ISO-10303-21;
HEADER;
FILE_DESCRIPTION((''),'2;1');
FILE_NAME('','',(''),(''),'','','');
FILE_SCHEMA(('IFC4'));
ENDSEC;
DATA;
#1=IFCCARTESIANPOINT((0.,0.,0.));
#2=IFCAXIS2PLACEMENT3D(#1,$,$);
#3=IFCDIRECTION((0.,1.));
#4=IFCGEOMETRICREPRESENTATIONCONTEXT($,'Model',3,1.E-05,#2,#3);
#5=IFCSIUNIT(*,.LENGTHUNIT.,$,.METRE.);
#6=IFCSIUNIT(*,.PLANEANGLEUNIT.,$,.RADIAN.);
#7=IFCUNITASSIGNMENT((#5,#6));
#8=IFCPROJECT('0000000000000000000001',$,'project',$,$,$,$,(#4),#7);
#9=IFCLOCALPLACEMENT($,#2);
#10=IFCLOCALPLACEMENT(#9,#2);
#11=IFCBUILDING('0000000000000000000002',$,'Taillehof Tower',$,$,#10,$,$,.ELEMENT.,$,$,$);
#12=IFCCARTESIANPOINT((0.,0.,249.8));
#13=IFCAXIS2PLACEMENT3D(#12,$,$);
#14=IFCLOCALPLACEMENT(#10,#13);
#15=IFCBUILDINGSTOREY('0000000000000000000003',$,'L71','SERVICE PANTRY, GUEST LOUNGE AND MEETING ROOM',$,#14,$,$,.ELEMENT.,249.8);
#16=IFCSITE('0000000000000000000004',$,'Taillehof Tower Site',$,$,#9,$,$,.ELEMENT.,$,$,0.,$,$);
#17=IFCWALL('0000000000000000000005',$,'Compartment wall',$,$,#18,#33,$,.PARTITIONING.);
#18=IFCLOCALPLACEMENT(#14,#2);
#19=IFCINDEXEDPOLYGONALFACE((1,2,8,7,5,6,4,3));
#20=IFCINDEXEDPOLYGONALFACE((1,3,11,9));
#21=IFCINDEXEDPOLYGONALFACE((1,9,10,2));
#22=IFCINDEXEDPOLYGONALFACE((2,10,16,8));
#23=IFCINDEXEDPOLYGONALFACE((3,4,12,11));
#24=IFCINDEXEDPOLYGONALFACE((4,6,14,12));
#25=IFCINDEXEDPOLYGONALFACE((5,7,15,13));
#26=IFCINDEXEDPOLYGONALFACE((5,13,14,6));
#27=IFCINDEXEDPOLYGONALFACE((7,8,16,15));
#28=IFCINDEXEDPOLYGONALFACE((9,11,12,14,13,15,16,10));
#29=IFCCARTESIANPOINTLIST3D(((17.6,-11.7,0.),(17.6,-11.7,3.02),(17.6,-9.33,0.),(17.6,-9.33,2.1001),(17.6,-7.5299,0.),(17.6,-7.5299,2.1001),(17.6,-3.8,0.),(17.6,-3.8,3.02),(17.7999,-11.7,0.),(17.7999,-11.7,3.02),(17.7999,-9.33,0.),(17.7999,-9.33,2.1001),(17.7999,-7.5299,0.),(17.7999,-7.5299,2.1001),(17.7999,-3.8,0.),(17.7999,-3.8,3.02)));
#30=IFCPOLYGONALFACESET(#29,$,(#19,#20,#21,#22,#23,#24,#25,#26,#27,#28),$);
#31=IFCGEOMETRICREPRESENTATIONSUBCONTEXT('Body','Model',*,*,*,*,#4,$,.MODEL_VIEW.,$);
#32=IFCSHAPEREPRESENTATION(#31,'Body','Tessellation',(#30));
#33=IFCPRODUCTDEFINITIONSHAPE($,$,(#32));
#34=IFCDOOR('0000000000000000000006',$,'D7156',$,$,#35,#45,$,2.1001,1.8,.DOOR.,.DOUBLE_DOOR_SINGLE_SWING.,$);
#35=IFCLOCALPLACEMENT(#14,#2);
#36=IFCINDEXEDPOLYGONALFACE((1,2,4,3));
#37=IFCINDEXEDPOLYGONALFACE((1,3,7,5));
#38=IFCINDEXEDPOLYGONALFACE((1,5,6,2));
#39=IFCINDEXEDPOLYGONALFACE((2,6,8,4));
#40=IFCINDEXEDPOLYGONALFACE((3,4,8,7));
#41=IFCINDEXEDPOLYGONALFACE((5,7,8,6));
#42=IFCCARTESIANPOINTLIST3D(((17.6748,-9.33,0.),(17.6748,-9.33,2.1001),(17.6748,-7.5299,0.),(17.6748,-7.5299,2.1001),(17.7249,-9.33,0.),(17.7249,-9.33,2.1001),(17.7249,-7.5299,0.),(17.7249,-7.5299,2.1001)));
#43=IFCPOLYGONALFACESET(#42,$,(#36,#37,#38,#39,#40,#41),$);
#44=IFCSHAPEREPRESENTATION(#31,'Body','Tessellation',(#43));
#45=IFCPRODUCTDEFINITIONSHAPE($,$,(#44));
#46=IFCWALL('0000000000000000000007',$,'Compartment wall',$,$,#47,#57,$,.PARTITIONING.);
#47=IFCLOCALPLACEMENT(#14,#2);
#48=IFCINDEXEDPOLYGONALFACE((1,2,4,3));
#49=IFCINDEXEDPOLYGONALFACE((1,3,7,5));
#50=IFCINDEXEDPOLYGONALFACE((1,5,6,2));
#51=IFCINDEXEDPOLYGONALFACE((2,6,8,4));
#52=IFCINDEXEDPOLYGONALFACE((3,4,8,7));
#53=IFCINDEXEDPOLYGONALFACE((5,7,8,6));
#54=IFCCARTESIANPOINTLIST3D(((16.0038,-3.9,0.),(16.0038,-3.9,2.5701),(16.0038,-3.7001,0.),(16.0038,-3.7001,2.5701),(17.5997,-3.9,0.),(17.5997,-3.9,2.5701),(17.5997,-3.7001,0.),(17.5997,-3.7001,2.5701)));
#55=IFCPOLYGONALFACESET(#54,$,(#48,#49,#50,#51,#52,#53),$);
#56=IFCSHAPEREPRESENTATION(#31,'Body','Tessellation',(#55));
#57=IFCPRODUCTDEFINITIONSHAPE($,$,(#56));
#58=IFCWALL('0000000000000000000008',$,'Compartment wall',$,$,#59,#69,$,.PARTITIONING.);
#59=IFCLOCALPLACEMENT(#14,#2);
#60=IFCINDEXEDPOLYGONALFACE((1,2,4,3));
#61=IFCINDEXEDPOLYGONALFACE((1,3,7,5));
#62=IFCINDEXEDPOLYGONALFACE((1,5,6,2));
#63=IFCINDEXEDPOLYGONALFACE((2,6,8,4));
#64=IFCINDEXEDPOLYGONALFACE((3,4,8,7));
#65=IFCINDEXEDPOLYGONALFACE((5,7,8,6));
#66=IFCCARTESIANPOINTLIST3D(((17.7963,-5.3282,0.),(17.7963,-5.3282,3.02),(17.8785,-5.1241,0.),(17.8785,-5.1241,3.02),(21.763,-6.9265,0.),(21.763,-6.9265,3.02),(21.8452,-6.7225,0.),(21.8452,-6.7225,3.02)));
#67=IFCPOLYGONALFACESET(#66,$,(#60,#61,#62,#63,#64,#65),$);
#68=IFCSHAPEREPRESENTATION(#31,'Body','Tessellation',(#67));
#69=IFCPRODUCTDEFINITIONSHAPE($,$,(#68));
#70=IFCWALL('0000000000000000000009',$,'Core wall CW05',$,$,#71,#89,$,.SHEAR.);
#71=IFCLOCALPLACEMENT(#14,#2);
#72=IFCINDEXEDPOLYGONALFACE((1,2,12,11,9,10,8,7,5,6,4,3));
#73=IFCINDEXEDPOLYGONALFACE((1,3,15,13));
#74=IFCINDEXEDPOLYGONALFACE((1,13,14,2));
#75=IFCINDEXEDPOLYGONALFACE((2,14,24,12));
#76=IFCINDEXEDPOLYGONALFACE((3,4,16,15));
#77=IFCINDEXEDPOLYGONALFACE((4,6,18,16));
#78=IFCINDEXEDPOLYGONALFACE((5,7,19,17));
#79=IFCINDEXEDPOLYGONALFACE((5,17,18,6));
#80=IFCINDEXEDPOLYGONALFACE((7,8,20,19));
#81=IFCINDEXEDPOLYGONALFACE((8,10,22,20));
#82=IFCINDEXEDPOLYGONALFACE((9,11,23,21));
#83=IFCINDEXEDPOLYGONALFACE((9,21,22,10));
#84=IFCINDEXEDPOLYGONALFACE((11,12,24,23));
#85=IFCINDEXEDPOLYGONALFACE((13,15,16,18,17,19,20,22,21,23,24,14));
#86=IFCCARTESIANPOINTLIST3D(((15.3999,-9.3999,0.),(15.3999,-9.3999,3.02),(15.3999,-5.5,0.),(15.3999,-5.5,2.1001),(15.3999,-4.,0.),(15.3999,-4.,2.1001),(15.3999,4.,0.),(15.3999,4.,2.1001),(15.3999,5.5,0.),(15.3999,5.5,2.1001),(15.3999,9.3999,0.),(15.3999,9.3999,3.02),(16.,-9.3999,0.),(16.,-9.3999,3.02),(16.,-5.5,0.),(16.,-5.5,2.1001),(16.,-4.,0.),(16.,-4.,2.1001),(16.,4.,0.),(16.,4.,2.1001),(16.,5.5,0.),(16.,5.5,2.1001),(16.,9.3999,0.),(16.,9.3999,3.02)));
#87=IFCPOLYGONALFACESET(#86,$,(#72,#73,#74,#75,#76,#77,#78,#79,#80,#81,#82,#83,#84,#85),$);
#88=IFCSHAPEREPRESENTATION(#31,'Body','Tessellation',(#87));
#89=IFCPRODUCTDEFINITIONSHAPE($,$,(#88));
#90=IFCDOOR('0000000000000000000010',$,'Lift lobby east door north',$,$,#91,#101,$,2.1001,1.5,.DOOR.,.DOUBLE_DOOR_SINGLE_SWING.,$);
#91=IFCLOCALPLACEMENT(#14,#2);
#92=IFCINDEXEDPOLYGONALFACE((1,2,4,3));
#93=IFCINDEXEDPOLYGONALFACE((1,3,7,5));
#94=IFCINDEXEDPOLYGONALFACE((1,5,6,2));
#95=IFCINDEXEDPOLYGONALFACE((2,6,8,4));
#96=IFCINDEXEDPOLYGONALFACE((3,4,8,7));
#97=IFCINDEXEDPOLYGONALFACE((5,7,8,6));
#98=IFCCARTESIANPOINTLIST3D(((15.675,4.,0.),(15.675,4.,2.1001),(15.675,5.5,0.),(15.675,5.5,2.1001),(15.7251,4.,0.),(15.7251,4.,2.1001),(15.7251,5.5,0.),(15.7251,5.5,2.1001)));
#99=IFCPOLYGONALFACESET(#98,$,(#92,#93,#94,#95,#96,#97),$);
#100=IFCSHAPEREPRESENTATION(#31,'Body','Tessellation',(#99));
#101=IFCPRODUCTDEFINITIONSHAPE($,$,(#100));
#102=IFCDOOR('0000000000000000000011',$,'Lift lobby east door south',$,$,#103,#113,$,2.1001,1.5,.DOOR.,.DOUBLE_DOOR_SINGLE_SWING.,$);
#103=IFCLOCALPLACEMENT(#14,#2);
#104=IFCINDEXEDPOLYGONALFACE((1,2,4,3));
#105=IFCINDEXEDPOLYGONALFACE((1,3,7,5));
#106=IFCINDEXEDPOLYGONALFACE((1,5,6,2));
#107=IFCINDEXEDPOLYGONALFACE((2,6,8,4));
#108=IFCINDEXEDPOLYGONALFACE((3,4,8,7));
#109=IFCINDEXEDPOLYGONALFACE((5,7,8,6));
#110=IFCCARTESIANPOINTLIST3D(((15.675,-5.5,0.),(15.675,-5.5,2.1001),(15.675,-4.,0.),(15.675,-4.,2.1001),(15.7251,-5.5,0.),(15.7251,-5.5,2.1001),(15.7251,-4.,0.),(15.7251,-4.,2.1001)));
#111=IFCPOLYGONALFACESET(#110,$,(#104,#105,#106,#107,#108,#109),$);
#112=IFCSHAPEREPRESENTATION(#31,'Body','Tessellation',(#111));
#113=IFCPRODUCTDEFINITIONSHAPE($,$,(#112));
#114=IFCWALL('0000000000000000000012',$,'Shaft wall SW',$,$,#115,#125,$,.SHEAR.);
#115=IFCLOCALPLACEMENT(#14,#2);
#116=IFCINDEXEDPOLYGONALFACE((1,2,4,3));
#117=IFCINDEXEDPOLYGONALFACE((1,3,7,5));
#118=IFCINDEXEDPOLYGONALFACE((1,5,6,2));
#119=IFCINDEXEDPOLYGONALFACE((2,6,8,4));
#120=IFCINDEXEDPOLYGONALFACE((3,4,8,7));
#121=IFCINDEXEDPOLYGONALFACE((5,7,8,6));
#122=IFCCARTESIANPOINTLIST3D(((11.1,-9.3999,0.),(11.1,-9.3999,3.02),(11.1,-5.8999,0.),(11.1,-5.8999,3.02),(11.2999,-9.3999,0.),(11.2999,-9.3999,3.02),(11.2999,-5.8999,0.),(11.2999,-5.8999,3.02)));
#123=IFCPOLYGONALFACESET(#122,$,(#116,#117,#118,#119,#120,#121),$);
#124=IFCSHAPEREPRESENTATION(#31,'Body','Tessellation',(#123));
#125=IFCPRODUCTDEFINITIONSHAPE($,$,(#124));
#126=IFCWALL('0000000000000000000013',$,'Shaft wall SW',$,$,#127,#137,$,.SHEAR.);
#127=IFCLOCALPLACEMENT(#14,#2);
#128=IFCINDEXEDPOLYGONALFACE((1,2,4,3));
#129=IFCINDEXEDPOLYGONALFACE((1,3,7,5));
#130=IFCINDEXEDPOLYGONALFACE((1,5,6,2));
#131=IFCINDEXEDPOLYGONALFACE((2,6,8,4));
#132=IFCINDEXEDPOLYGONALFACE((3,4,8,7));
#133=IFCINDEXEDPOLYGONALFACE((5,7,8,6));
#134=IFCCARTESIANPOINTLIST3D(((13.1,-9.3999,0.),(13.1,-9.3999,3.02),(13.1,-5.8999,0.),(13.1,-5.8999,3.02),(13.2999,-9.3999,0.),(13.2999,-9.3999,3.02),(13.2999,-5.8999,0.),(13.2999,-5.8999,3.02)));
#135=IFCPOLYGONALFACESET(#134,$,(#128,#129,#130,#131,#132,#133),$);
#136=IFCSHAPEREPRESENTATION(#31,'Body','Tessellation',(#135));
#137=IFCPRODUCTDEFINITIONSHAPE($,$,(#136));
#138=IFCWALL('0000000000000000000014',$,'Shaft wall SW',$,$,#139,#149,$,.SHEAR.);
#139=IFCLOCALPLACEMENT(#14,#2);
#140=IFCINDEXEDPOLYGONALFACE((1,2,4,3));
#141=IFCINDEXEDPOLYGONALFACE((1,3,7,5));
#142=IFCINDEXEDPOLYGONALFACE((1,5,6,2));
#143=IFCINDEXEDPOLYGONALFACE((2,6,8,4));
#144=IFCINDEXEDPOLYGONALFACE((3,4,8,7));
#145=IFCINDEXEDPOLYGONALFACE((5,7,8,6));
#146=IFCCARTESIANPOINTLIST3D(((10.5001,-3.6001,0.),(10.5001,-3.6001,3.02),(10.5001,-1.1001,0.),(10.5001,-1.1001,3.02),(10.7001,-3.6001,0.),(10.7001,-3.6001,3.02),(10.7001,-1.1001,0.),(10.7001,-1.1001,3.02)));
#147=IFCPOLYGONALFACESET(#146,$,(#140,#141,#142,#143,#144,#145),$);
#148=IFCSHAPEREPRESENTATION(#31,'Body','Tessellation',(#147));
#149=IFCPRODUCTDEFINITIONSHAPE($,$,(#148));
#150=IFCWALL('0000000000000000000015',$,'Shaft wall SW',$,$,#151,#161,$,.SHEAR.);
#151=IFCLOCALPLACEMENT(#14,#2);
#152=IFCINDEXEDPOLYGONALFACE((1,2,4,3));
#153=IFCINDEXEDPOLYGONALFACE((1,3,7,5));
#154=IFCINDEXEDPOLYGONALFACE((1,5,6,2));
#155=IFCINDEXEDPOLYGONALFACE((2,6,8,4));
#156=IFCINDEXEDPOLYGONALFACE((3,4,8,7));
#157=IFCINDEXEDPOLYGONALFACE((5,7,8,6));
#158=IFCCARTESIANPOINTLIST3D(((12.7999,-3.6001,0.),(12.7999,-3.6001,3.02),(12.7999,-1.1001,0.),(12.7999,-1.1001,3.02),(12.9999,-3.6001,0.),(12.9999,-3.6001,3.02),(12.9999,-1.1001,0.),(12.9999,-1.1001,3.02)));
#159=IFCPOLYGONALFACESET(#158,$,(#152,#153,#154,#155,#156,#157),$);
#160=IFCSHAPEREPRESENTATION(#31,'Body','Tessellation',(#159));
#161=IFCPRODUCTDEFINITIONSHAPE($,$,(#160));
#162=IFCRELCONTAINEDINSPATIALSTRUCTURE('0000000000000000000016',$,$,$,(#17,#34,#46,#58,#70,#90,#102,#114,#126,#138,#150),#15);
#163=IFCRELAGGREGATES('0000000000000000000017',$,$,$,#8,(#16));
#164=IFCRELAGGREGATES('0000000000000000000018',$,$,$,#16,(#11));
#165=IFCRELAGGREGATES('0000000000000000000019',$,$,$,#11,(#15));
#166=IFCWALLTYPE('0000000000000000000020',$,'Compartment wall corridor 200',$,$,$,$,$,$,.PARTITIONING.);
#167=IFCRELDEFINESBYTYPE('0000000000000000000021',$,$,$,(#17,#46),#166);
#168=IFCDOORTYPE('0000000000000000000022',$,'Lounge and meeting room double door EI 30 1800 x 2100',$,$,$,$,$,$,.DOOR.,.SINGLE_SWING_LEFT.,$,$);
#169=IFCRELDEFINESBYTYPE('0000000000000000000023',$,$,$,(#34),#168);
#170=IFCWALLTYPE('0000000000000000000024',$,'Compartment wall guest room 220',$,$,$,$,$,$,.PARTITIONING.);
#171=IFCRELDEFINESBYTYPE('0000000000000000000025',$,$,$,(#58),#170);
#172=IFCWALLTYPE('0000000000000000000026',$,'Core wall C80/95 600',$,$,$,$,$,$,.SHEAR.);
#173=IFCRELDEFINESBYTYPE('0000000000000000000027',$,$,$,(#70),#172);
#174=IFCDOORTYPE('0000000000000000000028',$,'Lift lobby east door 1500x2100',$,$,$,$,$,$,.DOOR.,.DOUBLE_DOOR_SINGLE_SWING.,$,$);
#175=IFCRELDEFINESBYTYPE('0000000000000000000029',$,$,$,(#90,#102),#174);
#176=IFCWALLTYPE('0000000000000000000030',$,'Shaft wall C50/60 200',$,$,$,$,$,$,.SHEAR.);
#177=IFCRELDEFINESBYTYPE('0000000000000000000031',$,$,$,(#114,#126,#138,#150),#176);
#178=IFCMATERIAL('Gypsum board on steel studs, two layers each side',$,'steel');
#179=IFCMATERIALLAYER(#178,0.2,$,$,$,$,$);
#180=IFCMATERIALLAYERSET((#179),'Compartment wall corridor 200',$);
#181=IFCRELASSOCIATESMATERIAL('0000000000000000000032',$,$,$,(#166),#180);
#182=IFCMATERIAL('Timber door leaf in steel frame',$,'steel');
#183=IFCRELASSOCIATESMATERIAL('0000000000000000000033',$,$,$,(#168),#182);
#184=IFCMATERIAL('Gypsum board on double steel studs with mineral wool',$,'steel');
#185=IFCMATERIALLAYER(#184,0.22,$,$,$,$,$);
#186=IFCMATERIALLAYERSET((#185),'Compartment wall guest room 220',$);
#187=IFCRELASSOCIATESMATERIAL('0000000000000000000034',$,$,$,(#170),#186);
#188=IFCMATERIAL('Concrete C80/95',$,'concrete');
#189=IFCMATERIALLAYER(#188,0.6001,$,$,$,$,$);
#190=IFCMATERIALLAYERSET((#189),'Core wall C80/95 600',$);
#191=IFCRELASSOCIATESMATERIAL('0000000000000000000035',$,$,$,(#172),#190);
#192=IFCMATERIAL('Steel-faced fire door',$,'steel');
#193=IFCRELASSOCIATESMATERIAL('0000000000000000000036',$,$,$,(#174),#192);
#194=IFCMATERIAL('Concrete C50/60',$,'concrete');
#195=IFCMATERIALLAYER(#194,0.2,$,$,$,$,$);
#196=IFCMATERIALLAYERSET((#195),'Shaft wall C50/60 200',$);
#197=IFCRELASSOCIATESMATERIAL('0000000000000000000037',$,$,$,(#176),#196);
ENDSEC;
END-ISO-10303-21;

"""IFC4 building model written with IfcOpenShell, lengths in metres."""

from ifc_helpers import new_model, si_unit, direction, frame, frame_2d, origin, place, context, subcontext, project, spatial, rectangle, extrude, material, layer, layer_set, type_object, element, fill, save


model = new_model("IFC4")

# Units and contexts
model_context = context("Model", 3, precision=1e-05, world=origin(), true_north=direction((0.0, 1.0)))
body_context = subcontext(model_context, "Body", "Model", "MODEL_VIEW")
ifc_project = project(units=[si_unit("LENGTHUNIT", "METRE"), si_unit("PLANEANGLEUNIT", "RADIAN")], contexts=[model_context])

# Site, building, storey
site_placement = place(None, origin())
site = spatial("IfcSite", under=ifc_project, at=site_placement, Name="Taillehof Tower Site", CompositionType="ELEMENT", RefElevation=0.0)
building_placement = place(site_placement, origin())
building = spatial("IfcBuilding", under=site, at=building_placement, Name="Taillehof Tower", CompositionType="ELEMENT")
storey_placement = place(building_placement, frame((0.0, 0.0, 249.8)))
storey = spatial("IfcBuildingStorey", under=building, at=storey_placement, Name="L71", Description="SERVICE PANTRY, GUEST LOUNGE AND MEETING ROOM", CompositionType="ELEMENT", Elevation=249.8)

# Wall, opening, door
ifc_material_1 = material(Name="Gypsum board on steel studs, two layers each side", Category="steel")
ifc_layer_1 = layer(ifc_material_1, 0.2)
ifc_layer_set_1 = layer_set([ifc_layer_1], Name="Compartment wall corridor 200")
wall_type_1 = type_object("IfcWallType", Name="Compartment wall corridor 200", PredefinedType="PARTITIONING", material=ifc_layer_set_1)
wall_1_placement = place(storey_placement, frame((17.7, -3.8, 0.0), z_axis=(0.0, 0.0, 1.0), x_axis=(0.0, -1.0, 0.0)))
wall_1 = element("IfcWall", 1, at=wall_1_placement, inside=storey, type_object=wall_type_1, Name="Compartment wall", PredefinedType="PARTITIONING", context=body_context, shape_type="SweptSolid", body=[
    extrude(rectangle(XDim=7.8999, YDim=0.2, at=frame_2d((3.95, 0.0))), origin(), (0.0, 0.0, 1.0), 3.02),
])
opening_1_placement = place(wall_1_placement, frame((3.73, 0.0, 0.0)))
opening_1 = element("IfcOpeningElement", 2, at=opening_1_placement, cuts=wall_1, PredefinedType="OPENING", context=body_context, shape_type="SweptSolid", body=[
    extrude(rectangle(XDim=1.8, YDim=2.1001, at=frame_2d((0.8999, 1.05))), frame((0.0, 0.1099, 0.0), z_axis=(0.0, -1.0, 0.0), x_axis=(1.0, 0.0, 0.0)), (0.0, 0.0, 1.0), 0.22),
])
ifc_material_2 = material(Name="Timber door leaf in steel frame", Category="steel")
door_type_1 = type_object("IfcDoorType", Name="Lounge and meeting room double door EI 30 1800 x 2100", OperationType="SINGLE_SWING_LEFT", PredefinedType="DOOR", material=ifc_material_2)
door_1_placement = place(opening_1_placement, origin())
door_1 = element("IfcDoor", 3, at=door_1_placement, inside=storey, type_object=door_type_1, Name="D7156", OperationType="DOUBLE_DOOR_SINGLE_SWING", OverallHeight=2.1001, OverallWidth=1.8, PredefinedType="DOOR", context=body_context, shape_type="SweptSolid", body=[
    extrude(rectangle(XDim=1.8, YDim=2.1001, at=frame_2d((0.8999, 1.05))), frame((0.0, 0.0249, 0.0), z_axis=(0.0, -1.0, 0.0), x_axis=(1.0, 0.0, 0.0)), (0.0, 0.0, 1.0), 0.05),
])
fill(opening_1, door_1)

# Walls
wall_2_placement = place(storey_placement, frame((16.0039, -3.8, 0.0), z_axis=(0.0, 0.0, 1.0), x_axis=(1.0, 0.0, 0.0)))
element("IfcWall", 4, at=wall_2_placement, inside=storey, type_object=wall_type_1, Name="Compartment wall", PredefinedType="PARTITIONING", context=body_context, shape_type="SweptSolid", body=[
    extrude(rectangle(XDim=1.5959, YDim=0.2, at=frame_2d((0.7979, 0.0))), origin(), (0.0, 0.0, 1.0), 2.5701),
])
ifc_material_3 = material(Name="Gypsum board on double steel studs with mineral wool", Category="steel")
ifc_layer_2 = layer(ifc_material_3, 0.22)
ifc_layer_set_2 = layer_set([ifc_layer_2], Name="Compartment wall guest room 220")
wall_type_2 = type_object("IfcWallType", Name="Compartment wall guest room 220", PredefinedType="PARTITIONING", material=ifc_layer_set_2)
wall_3_placement = place(storey_placement, frame((21.804, -6.8245, 0.0), z_axis=(0.0, 0.0, 1.0), x_axis=(-0.927533, 0.373742, 0.0)))
element("IfcWall", 5, at=wall_3_placement, inside=storey, type_object=wall_type_2, Name="Compartment wall", PredefinedType="PARTITIONING", context=body_context, shape_type="SweptSolid", body=[
    extrude(rectangle(XDim=4.2766, YDim=0.22, at=frame_2d((2.1382, 0.0))), origin(), (0.0, 0.0, 1.0), 3.02),
])

# Wall, openings, doors
ifc_material_4 = material(Name="Concrete C80/95", Category="concrete")
ifc_layer_3 = layer(ifc_material_4, 0.6001)
ifc_layer_set_3 = layer_set([ifc_layer_3], Name="Core wall C80/95 600")
wall_type_3 = type_object("IfcWallType", Name="Core wall C80/95 600", PredefinedType="SHEAR", material=ifc_layer_set_3)
wall_4_placement = place(storey_placement, frame((15.7, -9.3999, 0.0), z_axis=(0.0, 0.0, 1.0), x_axis=(0.0, 1.0, 0.0)))
wall_4 = element("IfcWall", 6, at=wall_4_placement, inside=storey, type_object=wall_type_3, Name="Core wall CW05", PredefinedType="SHEAR", context=body_context, shape_type="SweptSolid", body=[
    extrude(rectangle(XDim=18.7998, YDim=0.6001, at=frame_2d((9.3999, 0.0))), origin(), (0.0, 0.0, 1.0), 3.02),
])
opening_2_placement = place(wall_4_placement, frame((13.3999, 0.0, 0.0)))
opening_2 = element("IfcOpeningElement", 7, at=opening_2_placement, cuts=wall_4, PredefinedType="OPENING", context=body_context, shape_type="SweptSolid", body=[
    extrude(rectangle(XDim=1.5, YDim=2.1001, at=frame_2d((0.75, 1.05))), frame((0.0, 0.3101, 0.0), z_axis=(0.0, -1.0, 0.0), x_axis=(1.0, 0.0, 0.0)), (0.0, 0.0, 1.0), 0.6201),
])
opening_3_placement = place(wall_4_placement, frame((3.8999, 0.0, 0.0)))
opening_3 = element("IfcOpeningElement", 8, at=opening_3_placement, cuts=wall_4, PredefinedType="OPENING", context=body_context, shape_type="SweptSolid", body=[
    extrude(rectangle(XDim=1.5, YDim=2.1001, at=frame_2d((0.75, 1.05))), frame((0.0, 0.3101, 0.0), z_axis=(0.0, -1.0, 0.0), x_axis=(1.0, 0.0, 0.0)), (0.0, 0.0, 1.0), 0.6201),
])
ifc_material_5 = material(Name="Steel-faced fire door", Category="steel")
door_type_2 = type_object("IfcDoorType", Name="Lift lobby east door 1500x2100", OperationType="DOUBLE_DOOR_SINGLE_SWING", PredefinedType="DOOR", material=ifc_material_5)
door_2_placement = place(opening_2_placement, origin())
door_2 = element("IfcDoor", 9, at=door_2_placement, inside=storey, type_object=door_type_2, Name="Lift lobby east door north", OperationType="DOUBLE_DOOR_SINGLE_SWING", OverallHeight=2.1001, OverallWidth=1.5, PredefinedType="DOOR", context=body_context, shape_type="SweptSolid", body=[
    extrude(rectangle(XDim=1.5, YDim=2.1001, at=frame_2d((0.75, 1.05))), frame((0.0, 0.0249, 0.0), z_axis=(0.0, -1.0, 0.0), x_axis=(1.0, 0.0, 0.0)), (0.0, 0.0, 1.0), 0.05),
])
fill(opening_2, door_2)
door_3_placement = place(opening_3_placement, origin())
door_3 = element("IfcDoor", 10, at=door_3_placement, inside=storey, type_object=door_type_2, Name="Lift lobby east door south", OperationType="DOUBLE_DOOR_SINGLE_SWING", OverallHeight=2.1001, OverallWidth=1.5, PredefinedType="DOOR", context=body_context, shape_type="SweptSolid", body=[
    extrude(rectangle(XDim=1.5, YDim=2.1001, at=frame_2d((0.75, 1.05))), frame((0.0, 0.0249, 0.0), z_axis=(0.0, -1.0, 0.0), x_axis=(1.0, 0.0, 0.0)), (0.0, 0.0, 1.0), 0.05),
])
fill(opening_3, door_3)

# Walls
ifc_material_6 = material(Name="Concrete C50/60", Category="concrete")
ifc_layer_4 = layer(ifc_material_6, 0.2)
ifc_layer_set_4 = layer_set([ifc_layer_4], Name="Shaft wall C50/60 200")
wall_type_4 = type_object("IfcWallType", Name="Shaft wall C50/60 200", PredefinedType="SHEAR", material=ifc_layer_set_4)
for number, where, z_axis, x_axis, name in (
    (11, (11.2, -9.3999, 0.0), (0.0, 0.0, 1.0), (0.0, 1.0, 0.0), "Shaft wall SW"),
    (12, (13.2, -9.3999, 0.0), (0.0, 0.0, 1.0), (0.0, 1.0, 0.0), "Shaft wall SW"),
):
    element("IfcWall", number, at=place(storey_placement, frame(where, z_axis=z_axis, x_axis=x_axis)), inside=storey, type_object=wall_type_4, Name=name, PredefinedType="SHEAR", context=body_context, shape_type="SweptSolid", body=[
        extrude(rectangle(XDim=3.5, YDim=0.2, at=frame_2d((1.75, 0.0))), origin(), (0.0, 0.0, 1.0), 3.02),
    ])
for number, where, z_axis, x_axis, name in (
    (13, (10.6001, -3.6001, 0.0), (0.0, 0.0, 1.0), (0.0, 1.0, 0.0), "Shaft wall SW"),
    (14, (12.8999, -3.6001, 0.0), (0.0, 0.0, 1.0), (0.0, 1.0, 0.0), "Shaft wall SW"),
):
    element("IfcWall", number, at=place(storey_placement, frame(where, z_axis=z_axis, x_axis=x_axis)), inside=storey, type_object=wall_type_4, Name=name, PredefinedType="SHEAR", context=body_context, shape_type="SweptSolid", body=[
        extrude(rectangle(XDim=2.5, YDim=0.2, at=frame_2d((1.25, 0.0))), origin(), (0.0, 0.0, 1.0), 3.02),
    ])

save(model, "model.ifc")
